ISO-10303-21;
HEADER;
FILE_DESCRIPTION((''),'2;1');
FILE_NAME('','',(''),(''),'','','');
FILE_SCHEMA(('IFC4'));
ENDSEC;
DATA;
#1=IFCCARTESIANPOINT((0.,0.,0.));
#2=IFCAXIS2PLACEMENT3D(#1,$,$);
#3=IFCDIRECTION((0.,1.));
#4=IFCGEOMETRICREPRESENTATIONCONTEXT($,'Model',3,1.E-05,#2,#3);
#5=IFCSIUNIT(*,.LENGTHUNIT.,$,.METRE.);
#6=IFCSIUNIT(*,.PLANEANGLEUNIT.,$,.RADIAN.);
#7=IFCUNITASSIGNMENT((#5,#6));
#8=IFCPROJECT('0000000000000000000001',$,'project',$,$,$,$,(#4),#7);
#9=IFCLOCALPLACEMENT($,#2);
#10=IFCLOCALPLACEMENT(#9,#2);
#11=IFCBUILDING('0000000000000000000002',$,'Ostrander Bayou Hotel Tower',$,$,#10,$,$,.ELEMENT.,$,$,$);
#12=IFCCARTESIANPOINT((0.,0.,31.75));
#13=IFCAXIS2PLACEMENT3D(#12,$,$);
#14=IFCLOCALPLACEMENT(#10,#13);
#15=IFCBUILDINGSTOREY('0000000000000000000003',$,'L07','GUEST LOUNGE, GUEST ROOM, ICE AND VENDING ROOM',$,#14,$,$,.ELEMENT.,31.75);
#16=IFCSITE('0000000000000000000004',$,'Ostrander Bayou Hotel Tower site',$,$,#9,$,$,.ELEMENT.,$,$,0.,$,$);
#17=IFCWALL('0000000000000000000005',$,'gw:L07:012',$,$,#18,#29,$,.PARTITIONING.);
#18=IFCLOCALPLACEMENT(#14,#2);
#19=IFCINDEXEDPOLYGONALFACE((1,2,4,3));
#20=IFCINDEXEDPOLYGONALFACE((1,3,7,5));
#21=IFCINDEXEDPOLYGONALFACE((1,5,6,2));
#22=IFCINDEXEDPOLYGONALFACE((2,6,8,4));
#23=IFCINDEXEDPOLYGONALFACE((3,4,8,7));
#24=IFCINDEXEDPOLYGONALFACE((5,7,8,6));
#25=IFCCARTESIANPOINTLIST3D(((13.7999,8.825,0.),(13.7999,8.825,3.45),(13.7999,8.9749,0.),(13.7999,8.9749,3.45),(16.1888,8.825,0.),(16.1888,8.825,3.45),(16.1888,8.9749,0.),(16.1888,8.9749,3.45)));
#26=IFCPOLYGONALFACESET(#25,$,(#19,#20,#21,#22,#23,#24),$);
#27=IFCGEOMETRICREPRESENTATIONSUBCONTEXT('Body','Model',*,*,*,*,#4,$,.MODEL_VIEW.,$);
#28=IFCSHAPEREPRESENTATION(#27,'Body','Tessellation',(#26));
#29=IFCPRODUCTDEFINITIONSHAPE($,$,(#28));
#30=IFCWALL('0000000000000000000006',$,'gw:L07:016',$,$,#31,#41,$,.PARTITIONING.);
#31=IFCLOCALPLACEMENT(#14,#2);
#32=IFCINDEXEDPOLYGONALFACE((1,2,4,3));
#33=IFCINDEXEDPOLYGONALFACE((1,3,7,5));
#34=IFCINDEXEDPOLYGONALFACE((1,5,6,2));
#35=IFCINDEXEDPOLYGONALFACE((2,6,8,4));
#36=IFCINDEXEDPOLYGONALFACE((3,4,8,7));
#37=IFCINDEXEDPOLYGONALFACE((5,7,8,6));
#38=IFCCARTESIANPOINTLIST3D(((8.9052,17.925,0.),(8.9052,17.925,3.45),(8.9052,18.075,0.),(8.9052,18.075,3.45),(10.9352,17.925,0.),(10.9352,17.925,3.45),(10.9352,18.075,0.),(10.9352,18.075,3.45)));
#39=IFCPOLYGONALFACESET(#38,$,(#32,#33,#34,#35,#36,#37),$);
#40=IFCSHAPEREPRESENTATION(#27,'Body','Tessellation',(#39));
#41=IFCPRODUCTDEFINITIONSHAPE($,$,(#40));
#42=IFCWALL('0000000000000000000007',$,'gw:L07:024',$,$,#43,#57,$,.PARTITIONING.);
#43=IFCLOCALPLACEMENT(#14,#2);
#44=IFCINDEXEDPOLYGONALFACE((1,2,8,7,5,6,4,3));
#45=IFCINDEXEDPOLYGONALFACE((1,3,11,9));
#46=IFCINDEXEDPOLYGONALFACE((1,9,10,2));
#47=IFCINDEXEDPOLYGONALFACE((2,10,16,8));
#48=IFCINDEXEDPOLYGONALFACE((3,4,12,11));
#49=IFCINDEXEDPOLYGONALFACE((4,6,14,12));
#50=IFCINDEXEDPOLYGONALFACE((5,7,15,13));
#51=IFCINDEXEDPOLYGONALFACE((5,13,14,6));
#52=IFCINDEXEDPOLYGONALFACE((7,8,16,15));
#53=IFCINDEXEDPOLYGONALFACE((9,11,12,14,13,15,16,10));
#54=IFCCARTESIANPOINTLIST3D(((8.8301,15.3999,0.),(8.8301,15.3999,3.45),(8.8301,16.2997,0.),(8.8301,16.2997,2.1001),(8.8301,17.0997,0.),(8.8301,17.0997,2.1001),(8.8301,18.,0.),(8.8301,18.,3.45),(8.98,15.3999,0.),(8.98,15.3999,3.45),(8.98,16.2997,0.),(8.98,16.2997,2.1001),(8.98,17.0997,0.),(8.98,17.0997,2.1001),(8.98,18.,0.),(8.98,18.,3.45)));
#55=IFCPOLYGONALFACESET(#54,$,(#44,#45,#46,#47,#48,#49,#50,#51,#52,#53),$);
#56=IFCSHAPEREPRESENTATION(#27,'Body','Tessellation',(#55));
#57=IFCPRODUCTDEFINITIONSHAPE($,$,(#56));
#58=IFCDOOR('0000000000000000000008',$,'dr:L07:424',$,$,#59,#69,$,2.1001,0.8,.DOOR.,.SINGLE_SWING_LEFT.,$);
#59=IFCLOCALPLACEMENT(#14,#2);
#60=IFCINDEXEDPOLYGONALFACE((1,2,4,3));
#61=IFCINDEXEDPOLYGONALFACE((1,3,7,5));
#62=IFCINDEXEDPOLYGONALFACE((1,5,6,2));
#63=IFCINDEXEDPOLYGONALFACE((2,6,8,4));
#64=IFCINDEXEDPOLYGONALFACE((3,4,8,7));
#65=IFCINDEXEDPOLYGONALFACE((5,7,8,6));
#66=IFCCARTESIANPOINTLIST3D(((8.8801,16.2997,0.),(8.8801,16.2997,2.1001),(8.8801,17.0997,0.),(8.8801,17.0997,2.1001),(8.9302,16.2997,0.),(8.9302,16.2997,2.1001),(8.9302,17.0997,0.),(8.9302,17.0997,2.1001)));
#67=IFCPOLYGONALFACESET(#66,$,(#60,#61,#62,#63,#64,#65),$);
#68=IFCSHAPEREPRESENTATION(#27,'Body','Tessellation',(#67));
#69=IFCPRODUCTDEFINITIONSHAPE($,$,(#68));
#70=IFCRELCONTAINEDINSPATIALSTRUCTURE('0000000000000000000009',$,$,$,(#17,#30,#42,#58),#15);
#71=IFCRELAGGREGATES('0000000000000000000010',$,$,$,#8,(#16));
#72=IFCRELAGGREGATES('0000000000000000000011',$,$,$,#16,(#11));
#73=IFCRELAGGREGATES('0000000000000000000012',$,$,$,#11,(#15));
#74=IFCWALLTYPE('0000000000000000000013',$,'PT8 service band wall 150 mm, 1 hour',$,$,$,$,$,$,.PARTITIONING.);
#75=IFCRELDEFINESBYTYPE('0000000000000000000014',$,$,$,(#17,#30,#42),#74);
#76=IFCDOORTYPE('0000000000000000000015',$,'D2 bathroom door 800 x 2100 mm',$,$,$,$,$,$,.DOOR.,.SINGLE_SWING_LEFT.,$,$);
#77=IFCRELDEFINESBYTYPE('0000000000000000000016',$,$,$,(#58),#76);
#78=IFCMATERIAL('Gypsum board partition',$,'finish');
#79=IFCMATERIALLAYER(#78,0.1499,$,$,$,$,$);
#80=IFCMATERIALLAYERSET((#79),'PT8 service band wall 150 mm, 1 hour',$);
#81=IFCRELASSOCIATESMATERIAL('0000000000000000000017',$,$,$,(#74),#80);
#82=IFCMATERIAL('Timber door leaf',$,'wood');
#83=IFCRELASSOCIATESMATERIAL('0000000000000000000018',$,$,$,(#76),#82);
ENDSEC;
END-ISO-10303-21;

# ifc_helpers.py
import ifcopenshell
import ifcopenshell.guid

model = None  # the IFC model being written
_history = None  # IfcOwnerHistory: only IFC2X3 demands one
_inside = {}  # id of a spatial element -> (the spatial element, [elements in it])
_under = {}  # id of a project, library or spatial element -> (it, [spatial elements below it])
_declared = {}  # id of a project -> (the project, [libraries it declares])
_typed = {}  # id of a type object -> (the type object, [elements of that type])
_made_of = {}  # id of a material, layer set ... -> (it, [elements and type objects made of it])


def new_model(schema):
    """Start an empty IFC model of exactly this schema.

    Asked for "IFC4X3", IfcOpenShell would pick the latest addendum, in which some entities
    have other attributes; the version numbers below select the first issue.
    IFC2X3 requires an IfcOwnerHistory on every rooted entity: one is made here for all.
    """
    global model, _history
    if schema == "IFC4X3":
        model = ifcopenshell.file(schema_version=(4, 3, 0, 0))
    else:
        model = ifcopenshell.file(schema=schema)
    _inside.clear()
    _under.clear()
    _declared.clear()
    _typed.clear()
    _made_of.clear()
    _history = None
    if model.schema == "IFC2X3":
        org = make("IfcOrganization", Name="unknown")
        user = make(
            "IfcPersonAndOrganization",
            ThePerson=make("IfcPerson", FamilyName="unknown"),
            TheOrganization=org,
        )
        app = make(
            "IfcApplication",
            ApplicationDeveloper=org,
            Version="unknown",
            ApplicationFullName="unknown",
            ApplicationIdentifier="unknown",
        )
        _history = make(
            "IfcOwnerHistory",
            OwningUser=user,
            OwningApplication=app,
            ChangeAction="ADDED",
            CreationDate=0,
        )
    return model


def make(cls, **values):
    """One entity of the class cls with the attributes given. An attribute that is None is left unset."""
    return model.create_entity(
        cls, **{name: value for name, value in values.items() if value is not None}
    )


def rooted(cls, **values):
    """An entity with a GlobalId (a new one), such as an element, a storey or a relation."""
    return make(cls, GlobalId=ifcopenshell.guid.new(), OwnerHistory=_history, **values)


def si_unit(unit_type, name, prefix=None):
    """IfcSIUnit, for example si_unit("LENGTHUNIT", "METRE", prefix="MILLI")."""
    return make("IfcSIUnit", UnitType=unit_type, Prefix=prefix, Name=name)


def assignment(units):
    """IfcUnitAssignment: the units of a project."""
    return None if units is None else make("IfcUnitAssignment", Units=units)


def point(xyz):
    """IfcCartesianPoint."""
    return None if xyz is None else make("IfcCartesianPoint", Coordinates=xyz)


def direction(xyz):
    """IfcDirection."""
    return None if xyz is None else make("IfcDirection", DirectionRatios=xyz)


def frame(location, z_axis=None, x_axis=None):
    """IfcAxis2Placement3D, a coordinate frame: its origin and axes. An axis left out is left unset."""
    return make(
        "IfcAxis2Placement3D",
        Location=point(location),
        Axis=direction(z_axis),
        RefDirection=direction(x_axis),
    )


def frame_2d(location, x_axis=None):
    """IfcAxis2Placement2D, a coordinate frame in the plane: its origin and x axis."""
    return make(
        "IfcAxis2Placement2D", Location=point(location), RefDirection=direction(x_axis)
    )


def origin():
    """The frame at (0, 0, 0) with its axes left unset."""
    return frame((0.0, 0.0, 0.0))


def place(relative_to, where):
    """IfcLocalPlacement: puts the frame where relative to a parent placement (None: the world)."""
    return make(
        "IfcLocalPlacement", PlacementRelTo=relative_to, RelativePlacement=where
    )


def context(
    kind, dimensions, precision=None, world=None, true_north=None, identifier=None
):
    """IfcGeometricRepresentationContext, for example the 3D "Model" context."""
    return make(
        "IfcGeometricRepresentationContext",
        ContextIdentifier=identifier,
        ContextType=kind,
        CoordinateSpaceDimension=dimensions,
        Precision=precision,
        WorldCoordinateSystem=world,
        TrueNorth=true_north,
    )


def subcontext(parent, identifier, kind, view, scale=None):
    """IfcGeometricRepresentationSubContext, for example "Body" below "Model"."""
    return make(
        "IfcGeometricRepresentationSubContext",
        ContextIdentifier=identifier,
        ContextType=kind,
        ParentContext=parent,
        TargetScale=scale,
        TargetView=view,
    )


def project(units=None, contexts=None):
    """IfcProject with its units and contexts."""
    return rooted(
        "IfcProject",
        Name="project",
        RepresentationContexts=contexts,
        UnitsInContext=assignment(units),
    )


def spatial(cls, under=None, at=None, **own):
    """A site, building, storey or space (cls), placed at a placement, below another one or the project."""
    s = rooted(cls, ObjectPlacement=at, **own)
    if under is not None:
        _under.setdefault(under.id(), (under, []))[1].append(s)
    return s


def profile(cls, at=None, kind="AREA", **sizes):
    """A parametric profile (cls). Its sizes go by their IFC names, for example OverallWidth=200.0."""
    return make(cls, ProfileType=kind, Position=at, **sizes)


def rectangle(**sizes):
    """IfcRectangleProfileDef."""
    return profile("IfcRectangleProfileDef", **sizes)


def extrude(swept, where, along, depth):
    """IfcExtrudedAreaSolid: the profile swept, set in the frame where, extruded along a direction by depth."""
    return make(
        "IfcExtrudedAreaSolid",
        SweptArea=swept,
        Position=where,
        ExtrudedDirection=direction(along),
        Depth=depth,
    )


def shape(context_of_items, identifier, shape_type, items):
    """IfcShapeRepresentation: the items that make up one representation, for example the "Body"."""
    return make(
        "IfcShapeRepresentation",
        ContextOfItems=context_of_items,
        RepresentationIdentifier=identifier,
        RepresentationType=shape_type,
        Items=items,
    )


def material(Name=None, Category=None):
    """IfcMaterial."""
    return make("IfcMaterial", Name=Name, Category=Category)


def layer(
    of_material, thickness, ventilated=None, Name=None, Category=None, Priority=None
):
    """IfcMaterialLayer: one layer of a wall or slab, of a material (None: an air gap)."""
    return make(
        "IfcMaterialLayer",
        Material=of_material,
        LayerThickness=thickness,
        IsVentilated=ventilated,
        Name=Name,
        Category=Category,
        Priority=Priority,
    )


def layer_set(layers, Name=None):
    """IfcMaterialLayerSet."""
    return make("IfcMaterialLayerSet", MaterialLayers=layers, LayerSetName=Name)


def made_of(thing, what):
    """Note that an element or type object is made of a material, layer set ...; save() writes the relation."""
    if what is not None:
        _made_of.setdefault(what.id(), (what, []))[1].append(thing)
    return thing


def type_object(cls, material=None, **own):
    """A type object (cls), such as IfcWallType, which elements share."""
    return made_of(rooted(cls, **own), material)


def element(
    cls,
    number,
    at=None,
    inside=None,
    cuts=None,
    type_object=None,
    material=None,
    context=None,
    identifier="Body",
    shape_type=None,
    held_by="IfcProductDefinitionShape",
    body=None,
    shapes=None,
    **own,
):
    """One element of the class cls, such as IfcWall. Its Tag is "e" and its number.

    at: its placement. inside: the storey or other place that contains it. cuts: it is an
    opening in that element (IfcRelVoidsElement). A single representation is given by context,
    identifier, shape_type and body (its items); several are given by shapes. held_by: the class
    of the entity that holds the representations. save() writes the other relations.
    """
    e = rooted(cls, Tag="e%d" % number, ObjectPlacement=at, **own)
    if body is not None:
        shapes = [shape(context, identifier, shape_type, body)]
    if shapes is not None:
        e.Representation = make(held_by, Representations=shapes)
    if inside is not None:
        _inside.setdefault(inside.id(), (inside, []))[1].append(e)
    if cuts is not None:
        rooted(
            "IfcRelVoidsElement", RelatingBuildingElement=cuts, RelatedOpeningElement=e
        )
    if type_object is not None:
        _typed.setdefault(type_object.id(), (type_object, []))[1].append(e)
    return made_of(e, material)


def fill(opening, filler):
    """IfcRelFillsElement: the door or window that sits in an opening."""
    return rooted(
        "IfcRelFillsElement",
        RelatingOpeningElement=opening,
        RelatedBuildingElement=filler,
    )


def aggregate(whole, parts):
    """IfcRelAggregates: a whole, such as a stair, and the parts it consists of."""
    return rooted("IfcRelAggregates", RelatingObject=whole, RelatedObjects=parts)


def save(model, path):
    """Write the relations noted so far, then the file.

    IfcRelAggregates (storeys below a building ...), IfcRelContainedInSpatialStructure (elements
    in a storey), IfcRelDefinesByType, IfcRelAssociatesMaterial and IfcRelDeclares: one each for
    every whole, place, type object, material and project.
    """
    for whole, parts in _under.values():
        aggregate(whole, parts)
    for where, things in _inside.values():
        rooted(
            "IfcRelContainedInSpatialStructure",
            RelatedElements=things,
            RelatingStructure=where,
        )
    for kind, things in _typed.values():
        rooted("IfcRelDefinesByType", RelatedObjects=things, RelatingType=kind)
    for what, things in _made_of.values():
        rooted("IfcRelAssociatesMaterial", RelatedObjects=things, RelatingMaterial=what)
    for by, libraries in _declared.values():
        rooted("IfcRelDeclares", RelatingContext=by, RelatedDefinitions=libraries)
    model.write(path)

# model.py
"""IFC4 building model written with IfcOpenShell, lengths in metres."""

from ifc_helpers import new_model, si_unit, direction, frame, frame_2d, origin, place, context, subcontext, project, spatial, rectangle, extrude, material, layer, layer_set, type_object, element, fill, save


model = new_model("IFC4")

# Units and contexts
model_context = context("Model", 3, precision=1e-05, world=origin(), true_north=direction((0.0, 1.0)))
body_context = subcontext(model_context, "Body", "Model", "MODEL_VIEW")
ifc_project = project(units=[si_unit("LENGTHUNIT", "METRE"), si_unit("PLANEANGLEUNIT", "RADIAN")], contexts=[model_context])

# Site, building, storey
site_placement = place(None, origin())
site = spatial("IfcSite", under=ifc_project, at=site_placement, Name="Ostrander Bayou Hotel Tower site", CompositionType="ELEMENT", RefElevation=0.0)
building_placement = place(site_placement, origin())
building = spatial("IfcBuilding", under=site, at=building_placement, Name="Ostrander Bayou Hotel Tower", CompositionType="ELEMENT")
storey_placement = place(building_placement, frame((0.0, 0.0, 31.75)))
storey = spatial("IfcBuildingStorey", under=building, at=storey_placement, Name="L07", Description="GUEST LOUNGE, GUEST ROOM, ICE AND VENDING ROOM", CompositionType="ELEMENT", Elevation=31.75)

# Walls
ifc_material_1 = material(Name="Gypsum board partition", Category="finish")
ifc_layer_1 = layer(ifc_material_1, 0.1499)
ifc_layer_set_1 = layer_set([ifc_layer_1], Name="PT8 service band wall 150 mm, 1 hour")
wall_type_1 = type_object("IfcWallType", Name="PT8 service band wall 150 mm, 1 hour", PredefinedType="PARTITIONING", material=ifc_layer_set_1)
wall_1_placement = place(storey_placement, frame((13.8, 8.8999, 0.0), z_axis=(0.0, 0.0, 1.0), x_axis=(1.0, 0.0, 0.0)))
element("IfcWall", 1, at=wall_1_placement, inside=storey, type_object=wall_type_1, Name="gw:L07:012", PredefinedType="PARTITIONING", context=body_context, shape_type="SweptSolid", body=[
    extrude(rectangle(XDim=2.3889, YDim=0.1499, at=frame_2d((1.1943, 0.0))), origin(), (0.0, 0.0, 1.0), 3.45),
])
wall_2_placement = place(storey_placement, frame((8.905, 18.0, 0.0), z_axis=(0.0, 0.0, 1.0), x_axis=(1.0, 0.0, 0.0)))
element("IfcWall", 2, at=wall_2_placement, inside=storey, type_object=wall_type_1, Name="gw:L07:016", PredefinedType="PARTITIONING", context=body_context, shape_type="SweptSolid", body=[
    extrude(rectangle(XDim=2.03, YDim=0.1499, at=frame_2d((1.0151, 0.0))), origin(), (0.0, 0.0, 1.0), 3.45),
])

# Wall, opening, door
wall_3_placement = place(storey_placement, frame((8.905, 15.3999, 0.0), z_axis=(0.0, 0.0, 1.0), x_axis=(0.0, 1.0, 0.0)))
wall_3 = element("IfcWall", 3, at=wall_3_placement, inside=storey, type_object=wall_type_1, Name="gw:L07:024", PredefinedType="PARTITIONING", context=body_context, shape_type="SweptSolid", body=[
    extrude(rectangle(XDim=2.6001, YDim=0.1499, at=frame_2d((1.3, 0.0))), origin(), (0.0, 0.0, 1.0), 3.45),
])
opening_1_placement = place(wall_3_placement, frame((0.8999, 0.0, 0.0)))
opening_1 = element("IfcOpeningElement", 4, at=opening_1_placement, cuts=wall_3, PredefinedType="OPENING", context=body_context, shape_type="SweptSolid", body=[
    extrude(rectangle(XDim=0.8, YDim=2.1001, at=frame_2d((0.3999, 1.05))), frame((0.0, 0.075, 0.0), z_axis=(0.0, -1.0, 0.0), x_axis=(1.0, 0.0, 0.0)), (0.0, 0.0, 1.0), 0.1499),
])
ifc_material_2 = material(Name="Timber door leaf", Category="wood")
door_type_1 = type_object("IfcDoorType", Name="D2 bathroom door 800 x 2100 mm", OperationType="SINGLE_SWING_LEFT", PredefinedType="DOOR", material=ifc_material_2)
door_1_placement = place(opening_1_placement, origin())
door_1 = element("IfcDoor", 5, at=door_1_placement, inside=storey, type_object=door_type_1, Name="dr:L07:424", OperationType="SINGLE_SWING_LEFT", OverallHeight=2.1001, OverallWidth=0.8, PredefinedType="DOOR", context=body_context, shape_type="SweptSolid", body=[
    extrude(rectangle(XDim=0.8, YDim=2.1001, at=frame_2d((0.3999, 1.05))), frame((0.0, 0.0249, 0.0), z_axis=(0.0, -1.0, 0.0), x_axis=(1.0, 0.0, 0.0)), (0.0, 0.0, 1.0), 0.05),
])
fill(opening_1, door_1)

save(model, "model.ifc")
